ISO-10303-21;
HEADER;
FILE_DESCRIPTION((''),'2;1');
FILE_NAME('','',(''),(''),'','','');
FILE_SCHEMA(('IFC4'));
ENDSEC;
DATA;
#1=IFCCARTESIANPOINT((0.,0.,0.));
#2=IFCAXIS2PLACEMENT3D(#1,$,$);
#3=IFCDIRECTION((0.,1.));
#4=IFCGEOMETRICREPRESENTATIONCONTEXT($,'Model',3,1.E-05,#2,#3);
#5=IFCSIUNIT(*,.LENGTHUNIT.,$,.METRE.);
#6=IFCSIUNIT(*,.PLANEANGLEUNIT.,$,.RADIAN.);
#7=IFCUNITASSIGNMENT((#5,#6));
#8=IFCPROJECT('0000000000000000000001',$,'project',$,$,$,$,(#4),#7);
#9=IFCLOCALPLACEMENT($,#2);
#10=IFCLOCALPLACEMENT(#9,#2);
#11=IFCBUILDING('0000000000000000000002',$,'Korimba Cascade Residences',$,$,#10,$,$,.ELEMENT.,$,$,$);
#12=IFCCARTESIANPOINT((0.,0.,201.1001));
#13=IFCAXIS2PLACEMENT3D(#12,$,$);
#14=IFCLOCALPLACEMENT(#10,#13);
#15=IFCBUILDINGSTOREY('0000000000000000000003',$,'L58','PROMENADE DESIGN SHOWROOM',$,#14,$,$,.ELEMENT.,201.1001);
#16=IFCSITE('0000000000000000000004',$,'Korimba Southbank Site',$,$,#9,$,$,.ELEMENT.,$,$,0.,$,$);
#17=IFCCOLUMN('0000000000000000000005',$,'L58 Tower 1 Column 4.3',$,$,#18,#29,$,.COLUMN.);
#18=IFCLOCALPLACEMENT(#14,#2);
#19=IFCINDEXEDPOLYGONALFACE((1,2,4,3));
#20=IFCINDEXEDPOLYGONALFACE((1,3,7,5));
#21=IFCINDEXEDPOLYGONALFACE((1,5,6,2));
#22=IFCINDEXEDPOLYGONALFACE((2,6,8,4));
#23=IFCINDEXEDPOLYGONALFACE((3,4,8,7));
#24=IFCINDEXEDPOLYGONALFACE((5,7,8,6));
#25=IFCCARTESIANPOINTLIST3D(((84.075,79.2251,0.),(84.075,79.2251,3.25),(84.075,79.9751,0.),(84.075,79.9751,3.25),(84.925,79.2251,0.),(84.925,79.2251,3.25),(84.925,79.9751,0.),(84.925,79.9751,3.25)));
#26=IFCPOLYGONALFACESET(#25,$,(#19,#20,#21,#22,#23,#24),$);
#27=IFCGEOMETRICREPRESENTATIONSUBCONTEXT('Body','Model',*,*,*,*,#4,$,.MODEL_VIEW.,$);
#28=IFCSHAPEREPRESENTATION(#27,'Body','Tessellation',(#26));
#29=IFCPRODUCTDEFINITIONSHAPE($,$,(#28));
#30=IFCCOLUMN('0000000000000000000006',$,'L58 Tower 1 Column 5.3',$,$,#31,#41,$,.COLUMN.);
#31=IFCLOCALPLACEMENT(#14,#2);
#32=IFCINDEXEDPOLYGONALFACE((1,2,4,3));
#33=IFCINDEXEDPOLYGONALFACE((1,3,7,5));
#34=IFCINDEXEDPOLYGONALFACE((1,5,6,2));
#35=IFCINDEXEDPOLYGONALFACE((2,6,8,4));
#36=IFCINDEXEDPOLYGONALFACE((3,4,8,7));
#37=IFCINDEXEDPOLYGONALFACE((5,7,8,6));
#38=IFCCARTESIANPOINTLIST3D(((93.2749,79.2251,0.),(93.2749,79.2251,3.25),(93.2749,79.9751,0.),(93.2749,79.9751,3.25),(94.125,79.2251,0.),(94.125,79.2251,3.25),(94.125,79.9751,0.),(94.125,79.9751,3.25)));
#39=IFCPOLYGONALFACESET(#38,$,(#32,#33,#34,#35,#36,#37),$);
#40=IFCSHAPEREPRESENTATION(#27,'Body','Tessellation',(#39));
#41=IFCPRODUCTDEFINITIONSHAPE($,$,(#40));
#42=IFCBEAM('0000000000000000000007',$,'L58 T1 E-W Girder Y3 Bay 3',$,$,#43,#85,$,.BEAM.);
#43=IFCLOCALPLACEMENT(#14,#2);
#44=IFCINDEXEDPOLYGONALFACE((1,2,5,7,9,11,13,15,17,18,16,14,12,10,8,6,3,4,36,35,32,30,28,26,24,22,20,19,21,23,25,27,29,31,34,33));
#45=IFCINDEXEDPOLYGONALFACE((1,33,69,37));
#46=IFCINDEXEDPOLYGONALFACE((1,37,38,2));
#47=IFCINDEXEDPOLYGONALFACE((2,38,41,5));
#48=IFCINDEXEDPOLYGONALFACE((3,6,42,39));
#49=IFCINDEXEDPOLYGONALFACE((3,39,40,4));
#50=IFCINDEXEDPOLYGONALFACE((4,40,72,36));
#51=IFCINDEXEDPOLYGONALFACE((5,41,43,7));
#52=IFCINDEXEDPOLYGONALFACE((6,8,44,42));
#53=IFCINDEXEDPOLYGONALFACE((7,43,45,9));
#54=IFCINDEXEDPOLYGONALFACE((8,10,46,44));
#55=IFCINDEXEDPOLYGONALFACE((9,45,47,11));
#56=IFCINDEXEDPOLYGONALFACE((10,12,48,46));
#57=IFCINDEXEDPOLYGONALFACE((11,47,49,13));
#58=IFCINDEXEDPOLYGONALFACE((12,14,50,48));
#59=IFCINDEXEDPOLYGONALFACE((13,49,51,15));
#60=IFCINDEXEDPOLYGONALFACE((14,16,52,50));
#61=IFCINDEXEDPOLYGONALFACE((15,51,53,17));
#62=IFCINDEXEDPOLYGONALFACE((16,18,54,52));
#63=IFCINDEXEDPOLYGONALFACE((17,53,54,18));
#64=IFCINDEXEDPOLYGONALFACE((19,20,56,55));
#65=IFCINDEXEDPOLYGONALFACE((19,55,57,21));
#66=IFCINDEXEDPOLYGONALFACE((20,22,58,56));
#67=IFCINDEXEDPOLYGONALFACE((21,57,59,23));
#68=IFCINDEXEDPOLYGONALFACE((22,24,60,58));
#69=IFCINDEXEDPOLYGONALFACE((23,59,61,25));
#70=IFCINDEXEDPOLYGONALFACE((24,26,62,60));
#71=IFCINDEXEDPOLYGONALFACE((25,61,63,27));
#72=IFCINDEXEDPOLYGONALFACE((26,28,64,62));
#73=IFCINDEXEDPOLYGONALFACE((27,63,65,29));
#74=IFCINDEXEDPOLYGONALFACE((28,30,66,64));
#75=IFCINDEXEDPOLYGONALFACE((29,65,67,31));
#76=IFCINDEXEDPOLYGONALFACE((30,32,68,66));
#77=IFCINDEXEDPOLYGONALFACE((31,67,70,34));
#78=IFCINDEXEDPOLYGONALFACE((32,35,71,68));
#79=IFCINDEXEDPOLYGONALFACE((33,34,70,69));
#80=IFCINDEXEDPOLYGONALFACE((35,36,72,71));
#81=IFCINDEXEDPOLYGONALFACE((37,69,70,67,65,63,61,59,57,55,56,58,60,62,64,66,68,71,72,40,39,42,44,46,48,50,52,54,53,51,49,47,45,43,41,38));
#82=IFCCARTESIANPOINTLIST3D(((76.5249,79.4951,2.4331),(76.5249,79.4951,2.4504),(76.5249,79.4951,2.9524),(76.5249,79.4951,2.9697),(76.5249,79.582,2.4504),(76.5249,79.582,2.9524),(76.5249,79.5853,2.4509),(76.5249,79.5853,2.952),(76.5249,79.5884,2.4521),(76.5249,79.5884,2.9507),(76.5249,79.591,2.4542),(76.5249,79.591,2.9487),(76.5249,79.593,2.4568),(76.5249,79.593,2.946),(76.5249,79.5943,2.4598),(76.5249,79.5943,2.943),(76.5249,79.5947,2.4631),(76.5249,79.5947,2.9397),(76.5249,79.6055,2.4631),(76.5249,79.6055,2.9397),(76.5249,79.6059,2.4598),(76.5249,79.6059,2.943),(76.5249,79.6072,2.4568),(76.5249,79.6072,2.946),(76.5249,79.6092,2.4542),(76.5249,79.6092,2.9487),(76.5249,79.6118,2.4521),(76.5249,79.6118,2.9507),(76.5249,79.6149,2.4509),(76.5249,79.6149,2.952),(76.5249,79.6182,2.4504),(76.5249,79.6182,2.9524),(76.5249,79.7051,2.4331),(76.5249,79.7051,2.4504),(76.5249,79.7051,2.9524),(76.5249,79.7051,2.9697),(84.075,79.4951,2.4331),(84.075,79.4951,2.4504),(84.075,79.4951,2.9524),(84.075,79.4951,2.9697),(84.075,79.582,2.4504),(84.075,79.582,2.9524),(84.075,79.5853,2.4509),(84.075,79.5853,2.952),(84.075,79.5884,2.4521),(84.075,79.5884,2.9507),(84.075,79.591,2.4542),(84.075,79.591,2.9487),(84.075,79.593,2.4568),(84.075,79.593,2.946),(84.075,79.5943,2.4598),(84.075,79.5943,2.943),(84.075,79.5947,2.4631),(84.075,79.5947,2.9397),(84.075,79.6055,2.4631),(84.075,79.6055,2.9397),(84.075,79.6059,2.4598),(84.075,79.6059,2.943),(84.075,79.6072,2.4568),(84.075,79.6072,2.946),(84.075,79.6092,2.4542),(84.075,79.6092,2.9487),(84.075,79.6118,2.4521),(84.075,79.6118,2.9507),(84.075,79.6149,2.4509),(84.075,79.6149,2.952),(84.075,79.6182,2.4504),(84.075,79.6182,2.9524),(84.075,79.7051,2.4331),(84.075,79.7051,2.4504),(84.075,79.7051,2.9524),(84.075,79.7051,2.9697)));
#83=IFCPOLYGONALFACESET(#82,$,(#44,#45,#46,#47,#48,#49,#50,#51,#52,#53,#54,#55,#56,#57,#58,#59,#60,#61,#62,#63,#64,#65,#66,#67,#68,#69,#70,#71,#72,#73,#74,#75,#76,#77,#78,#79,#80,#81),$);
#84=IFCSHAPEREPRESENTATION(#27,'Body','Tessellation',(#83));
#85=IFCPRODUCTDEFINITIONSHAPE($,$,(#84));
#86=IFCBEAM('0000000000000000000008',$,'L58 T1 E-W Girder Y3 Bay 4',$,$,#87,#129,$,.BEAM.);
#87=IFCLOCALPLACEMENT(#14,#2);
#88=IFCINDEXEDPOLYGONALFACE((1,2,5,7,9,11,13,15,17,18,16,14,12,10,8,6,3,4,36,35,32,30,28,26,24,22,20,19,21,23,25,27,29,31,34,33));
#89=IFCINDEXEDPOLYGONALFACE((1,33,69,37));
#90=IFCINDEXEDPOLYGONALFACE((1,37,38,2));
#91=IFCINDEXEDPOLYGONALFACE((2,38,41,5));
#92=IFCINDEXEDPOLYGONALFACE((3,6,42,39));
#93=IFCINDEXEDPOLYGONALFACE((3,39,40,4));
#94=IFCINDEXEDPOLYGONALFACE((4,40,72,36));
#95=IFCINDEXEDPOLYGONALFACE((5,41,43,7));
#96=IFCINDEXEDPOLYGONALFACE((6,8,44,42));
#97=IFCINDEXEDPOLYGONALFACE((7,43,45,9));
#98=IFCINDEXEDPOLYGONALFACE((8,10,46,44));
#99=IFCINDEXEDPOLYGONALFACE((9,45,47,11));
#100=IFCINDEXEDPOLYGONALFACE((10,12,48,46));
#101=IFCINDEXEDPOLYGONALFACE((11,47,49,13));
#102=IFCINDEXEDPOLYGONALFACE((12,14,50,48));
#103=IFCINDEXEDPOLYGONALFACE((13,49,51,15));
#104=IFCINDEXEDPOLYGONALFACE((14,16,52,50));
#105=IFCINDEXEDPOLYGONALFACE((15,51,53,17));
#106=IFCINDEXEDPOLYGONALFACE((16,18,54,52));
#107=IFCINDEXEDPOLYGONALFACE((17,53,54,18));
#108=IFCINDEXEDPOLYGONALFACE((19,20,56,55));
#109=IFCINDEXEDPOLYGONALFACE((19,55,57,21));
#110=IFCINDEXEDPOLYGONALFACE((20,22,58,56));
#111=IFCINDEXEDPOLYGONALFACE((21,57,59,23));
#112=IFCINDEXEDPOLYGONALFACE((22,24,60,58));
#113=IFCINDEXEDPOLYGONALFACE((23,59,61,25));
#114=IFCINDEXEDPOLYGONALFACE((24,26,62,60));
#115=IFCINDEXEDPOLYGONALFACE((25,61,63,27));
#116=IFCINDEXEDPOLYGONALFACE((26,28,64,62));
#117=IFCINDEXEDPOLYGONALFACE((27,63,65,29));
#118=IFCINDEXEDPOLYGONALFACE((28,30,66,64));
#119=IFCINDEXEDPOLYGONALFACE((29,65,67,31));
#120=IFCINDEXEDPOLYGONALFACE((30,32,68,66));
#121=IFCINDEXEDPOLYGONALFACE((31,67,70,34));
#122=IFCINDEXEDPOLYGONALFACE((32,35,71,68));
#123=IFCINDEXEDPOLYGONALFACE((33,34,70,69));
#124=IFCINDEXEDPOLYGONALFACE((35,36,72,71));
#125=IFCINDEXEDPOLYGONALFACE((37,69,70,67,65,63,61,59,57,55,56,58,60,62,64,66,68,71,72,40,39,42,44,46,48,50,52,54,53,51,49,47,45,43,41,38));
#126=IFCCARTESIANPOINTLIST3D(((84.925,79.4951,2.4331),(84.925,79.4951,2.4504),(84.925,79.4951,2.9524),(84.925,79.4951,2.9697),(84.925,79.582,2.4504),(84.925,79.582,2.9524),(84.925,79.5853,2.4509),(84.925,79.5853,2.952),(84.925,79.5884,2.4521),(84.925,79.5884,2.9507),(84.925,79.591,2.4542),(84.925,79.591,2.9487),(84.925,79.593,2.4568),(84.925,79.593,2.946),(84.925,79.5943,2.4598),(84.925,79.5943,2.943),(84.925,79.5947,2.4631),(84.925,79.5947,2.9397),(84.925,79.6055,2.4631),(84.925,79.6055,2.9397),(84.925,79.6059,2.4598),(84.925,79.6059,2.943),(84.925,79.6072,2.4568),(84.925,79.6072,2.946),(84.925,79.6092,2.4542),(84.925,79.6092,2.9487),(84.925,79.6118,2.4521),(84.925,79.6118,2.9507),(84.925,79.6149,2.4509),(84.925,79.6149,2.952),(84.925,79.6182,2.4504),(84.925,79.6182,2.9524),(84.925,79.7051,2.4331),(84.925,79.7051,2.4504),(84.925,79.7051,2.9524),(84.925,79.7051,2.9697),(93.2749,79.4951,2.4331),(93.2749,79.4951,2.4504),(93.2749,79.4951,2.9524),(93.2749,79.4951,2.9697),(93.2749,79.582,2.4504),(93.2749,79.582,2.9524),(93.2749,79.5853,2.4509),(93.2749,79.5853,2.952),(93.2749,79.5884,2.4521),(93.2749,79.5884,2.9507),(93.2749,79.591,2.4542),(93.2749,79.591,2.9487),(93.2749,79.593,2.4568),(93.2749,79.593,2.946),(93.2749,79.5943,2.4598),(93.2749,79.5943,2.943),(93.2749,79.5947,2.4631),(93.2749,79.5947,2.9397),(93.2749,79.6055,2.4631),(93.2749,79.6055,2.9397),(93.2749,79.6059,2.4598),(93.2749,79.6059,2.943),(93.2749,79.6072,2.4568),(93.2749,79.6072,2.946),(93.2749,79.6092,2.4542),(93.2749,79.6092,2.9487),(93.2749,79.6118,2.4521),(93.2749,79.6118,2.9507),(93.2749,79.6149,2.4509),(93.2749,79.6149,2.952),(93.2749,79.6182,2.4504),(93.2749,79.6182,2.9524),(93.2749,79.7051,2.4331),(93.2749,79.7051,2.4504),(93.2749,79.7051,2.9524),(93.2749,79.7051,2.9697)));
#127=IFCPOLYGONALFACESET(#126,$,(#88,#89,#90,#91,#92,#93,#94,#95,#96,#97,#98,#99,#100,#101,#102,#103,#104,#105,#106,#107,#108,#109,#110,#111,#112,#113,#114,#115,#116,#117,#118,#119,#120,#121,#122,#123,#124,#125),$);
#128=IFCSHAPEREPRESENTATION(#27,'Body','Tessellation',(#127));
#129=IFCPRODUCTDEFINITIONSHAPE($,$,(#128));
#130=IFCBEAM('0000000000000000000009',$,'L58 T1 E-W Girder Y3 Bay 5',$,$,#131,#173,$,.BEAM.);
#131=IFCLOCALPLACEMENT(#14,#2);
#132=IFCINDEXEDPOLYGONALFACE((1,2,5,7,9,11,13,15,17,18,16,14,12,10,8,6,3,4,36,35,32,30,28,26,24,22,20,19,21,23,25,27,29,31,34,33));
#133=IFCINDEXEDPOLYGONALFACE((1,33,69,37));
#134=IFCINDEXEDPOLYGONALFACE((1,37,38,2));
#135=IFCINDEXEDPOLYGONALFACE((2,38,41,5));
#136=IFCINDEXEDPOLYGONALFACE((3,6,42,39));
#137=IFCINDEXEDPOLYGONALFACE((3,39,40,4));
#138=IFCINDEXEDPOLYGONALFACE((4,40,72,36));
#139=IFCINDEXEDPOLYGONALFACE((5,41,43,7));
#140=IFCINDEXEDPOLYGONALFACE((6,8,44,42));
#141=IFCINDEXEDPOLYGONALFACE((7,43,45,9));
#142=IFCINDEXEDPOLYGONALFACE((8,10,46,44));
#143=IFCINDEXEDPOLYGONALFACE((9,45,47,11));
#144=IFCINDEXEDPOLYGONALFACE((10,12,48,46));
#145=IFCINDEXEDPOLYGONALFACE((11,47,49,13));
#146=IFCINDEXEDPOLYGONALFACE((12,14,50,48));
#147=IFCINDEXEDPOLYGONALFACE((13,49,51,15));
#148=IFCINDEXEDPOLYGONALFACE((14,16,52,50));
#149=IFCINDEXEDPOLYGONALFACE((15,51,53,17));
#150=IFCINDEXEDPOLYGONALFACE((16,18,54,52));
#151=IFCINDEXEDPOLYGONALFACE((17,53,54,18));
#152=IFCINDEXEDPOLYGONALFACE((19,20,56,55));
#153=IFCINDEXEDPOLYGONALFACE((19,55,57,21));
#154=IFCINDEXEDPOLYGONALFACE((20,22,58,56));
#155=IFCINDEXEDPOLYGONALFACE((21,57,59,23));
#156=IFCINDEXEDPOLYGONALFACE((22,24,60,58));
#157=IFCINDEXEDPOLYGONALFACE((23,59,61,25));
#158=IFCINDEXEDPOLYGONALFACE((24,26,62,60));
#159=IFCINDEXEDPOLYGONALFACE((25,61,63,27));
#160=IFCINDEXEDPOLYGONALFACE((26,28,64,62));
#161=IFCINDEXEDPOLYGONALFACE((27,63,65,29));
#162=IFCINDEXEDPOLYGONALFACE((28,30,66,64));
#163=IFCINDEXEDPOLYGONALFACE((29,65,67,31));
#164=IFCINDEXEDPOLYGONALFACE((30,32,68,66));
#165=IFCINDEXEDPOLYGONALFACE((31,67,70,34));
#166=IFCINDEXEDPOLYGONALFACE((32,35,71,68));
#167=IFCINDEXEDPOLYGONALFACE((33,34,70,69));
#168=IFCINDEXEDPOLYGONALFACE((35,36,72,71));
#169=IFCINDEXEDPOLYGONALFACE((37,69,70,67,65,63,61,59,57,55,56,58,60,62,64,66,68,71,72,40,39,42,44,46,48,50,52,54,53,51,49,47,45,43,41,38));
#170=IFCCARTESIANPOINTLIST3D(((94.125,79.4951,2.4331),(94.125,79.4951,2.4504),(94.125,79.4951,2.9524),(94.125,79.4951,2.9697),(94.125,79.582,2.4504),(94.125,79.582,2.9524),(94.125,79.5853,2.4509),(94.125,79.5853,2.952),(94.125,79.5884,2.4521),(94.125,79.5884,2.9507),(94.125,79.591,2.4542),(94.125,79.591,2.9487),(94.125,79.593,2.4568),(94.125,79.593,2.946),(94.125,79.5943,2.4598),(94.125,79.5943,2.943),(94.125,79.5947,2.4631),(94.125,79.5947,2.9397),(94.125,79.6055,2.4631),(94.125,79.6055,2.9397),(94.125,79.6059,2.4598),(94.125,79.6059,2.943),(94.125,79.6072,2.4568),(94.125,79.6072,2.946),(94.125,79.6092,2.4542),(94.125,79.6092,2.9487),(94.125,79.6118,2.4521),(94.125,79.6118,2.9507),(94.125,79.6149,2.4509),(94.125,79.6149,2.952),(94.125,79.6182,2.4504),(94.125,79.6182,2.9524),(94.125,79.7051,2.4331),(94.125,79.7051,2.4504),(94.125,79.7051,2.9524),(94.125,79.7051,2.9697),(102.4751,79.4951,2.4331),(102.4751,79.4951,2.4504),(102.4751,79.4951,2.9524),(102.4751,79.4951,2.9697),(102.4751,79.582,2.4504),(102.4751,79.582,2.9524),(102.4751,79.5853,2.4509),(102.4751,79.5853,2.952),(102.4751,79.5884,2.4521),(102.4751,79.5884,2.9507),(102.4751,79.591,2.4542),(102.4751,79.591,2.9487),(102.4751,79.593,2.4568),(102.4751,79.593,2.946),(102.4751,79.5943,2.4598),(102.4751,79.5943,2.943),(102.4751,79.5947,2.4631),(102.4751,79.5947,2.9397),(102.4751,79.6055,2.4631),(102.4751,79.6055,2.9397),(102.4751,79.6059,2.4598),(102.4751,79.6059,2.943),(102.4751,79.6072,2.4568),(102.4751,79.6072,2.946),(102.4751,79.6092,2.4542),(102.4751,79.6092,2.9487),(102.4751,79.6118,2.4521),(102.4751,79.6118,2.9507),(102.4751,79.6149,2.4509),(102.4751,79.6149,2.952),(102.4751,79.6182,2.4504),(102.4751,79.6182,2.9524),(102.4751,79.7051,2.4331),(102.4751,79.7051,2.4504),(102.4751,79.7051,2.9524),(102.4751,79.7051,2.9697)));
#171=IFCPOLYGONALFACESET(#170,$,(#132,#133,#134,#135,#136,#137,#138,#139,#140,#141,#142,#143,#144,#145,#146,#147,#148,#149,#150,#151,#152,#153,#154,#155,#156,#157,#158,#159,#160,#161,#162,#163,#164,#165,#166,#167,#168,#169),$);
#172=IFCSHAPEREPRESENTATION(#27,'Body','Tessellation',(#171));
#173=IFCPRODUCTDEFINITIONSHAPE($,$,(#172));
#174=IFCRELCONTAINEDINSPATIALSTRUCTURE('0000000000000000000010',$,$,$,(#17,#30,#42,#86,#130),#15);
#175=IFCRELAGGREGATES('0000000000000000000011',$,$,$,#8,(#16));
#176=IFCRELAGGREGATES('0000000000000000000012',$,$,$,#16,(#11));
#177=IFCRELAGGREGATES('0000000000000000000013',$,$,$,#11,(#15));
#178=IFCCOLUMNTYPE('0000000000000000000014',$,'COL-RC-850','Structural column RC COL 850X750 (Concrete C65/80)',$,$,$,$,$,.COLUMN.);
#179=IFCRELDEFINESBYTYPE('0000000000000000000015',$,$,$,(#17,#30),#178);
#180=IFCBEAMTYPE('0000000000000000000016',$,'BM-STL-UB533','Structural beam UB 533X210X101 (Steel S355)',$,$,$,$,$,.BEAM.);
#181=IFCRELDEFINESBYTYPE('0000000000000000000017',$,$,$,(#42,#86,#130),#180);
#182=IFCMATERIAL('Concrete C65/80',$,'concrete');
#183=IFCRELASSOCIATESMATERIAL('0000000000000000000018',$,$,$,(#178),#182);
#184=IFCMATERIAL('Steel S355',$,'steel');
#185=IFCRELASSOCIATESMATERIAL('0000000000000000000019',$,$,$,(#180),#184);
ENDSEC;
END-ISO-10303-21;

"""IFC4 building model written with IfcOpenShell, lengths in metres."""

from ifc_helpers import new_model, si_unit, direction, frame, origin, origin_2d, place, context, subcontext, project, spatial, rectangle, i_section, extrude, material, material_profile, profile_set, type_object, element, save


model = new_model("IFC4")

# Units and contexts
model_context = context("Model", 3, precision=1e-05, world=origin(), true_north=direction((0.0, 1.0)))
body_context = subcontext(model_context, "Body", "Model", "MODEL_VIEW")
ifc_project = project(units=[si_unit("LENGTHUNIT", "METRE"), si_unit("PLANEANGLEUNIT", "RADIAN")], contexts=[model_context])

# Site, building, storey
site_placement = place(None, origin())
site = spatial("IfcSite", under=ifc_project, at=site_placement, Name="Korimba Southbank Site", CompositionType="ELEMENT", RefElevation=0.0)
building_placement = place(site_placement, origin())
building = spatial("IfcBuilding", under=site, at=building_placement, Name="Korimba Cascade Residences", CompositionType="ELEMENT")
storey_placement = place(building_placement, frame((0.0, 0.0, 201.1001)))
storey = spatial("IfcBuildingStorey", under=building, at=storey_placement, Name="L58", Description="PROMENADE DESIGN SHOWROOM", CompositionType="ELEMENT", Elevation=201.1001)

# Columns
ifc_material_1 = material(Name="Concrete C65/80", Category="concrete")
ifc_material_profile_1 = material_profile(ifc_material_1, rectangle(XDim=0.8501, YDim=0.75, at=origin_2d()), Name="Concrete C65/80")
ifc_profile_set_1 = profile_set([ifc_material_profile_1], Name="Concrete C65/80")
column_type = type_object("IfcColumnType", Name="COL-RC-850", Description="Structural column RC COL 850X750 (Concrete C65/80)", PredefinedType="COLUMN", material=ifc_profile_set_1)
for number, where, z_axis, x_axis, name in (
    (1, (84.5, 79.6001, 0.0), (0.0, 0.0, 1.0), (1.0, 0.0, 0.0), "L58 Tower 1 Column 4.3"),
    (2, (93.7, 79.6001, 0.0), (0.0, 0.0, 1.0), (1.0, 0.0, 0.0), "L58 Tower 1 Column 5.3"),
):
    element("IfcColumn", number, at=place(storey_placement, frame(where, z_axis=z_axis, x_axis=x_axis)), inside=storey, type_object=column_type, Name=name, PredefinedType="COLUMN", context=body_context, shape_type="SweptSolid", body=[
        extrude(rectangle(XDim=0.8501, YDim=0.75, at=origin_2d()), origin(), (0.0, 0.0, 1.0), 3.25),
    ])

# Beams
ifc_material_2 = material(Name="Steel S355", Category="steel")
ifc_material_profile_2 = material_profile(ifc_material_2, i_section(OverallWidth=0.21, OverallDepth=0.5366, WebThickness=0.0107, FlangeThickness=0.0173, FilletRadius=0.0127, at=origin_2d()), Name="Steel S355")
ifc_profile_set_2 = profile_set([ifc_material_profile_2], Name="Steel S355")
beam_type_1 = type_object("IfcBeamType", Name="BM-STL-UB533", Description="Structural beam UB 533X210X101 (Steel S355)", PredefinedType="BEAM", material=ifc_profile_set_2)
beam_1_placement = place(storey_placement, frame((76.5249, 79.6001, 2.7014), z_axis=(1.0, 0.0, 0.0), x_axis=(0.0, 1.0, 0.0)))
element("IfcBeam", 3, at=beam_1_placement, inside=storey, type_object=beam_type_1, Name="L58 T1 E-W Girder Y3 Bay 3", PredefinedType="BEAM", context=body_context, shape_type="SweptSolid", body=[
    extrude(i_section(OverallWidth=0.21, OverallDepth=0.5366, WebThickness=0.0107, FlangeThickness=0.0173, FilletRadius=0.0127, at=origin_2d()), origin(), (0.0, 0.0, 1.0), 7.55),
])
beam_2_placement = place(storey_placement, frame((84.925, 79.6001, 2.7014), z_axis=(1.0, 0.0, 0.0), x_axis=(0.0, 1.0, 0.0)))
element("IfcBeam", 4, at=beam_2_placement, inside=storey, type_object=beam_type_1, Name="L58 T1 E-W Girder Y3 Bay 4", PredefinedType="BEAM", context=body_context, shape_type="SweptSolid", body=[
    extrude(i_section(OverallWidth=0.21, OverallDepth=0.5366, WebThickness=0.0107, FlangeThickness=0.0173, FilletRadius=0.0127, at=origin_2d()), origin(), (0.0, 0.0, 1.0), 8.3499),
])
beam_3_placement = place(storey_placement, frame((94.125, 79.6001, 2.7014), z_axis=(1.0, 0.0, 0.0), x_axis=(0.0, 1.0, 0.0)))
element("IfcBeam", 5, at=beam_3_placement, inside=storey, type_object=beam_type_1, Name="L58 T1 E-W Girder Y3 Bay 5", PredefinedType="BEAM", context=body_context, shape_type="SweptSolid", body=[
    extrude(i_section(OverallWidth=0.21, OverallDepth=0.5366, WebThickness=0.0107, FlangeThickness=0.0173, FilletRadius=0.0127, at=origin_2d()), origin(), (0.0, 0.0, 1.0), 8.3501),
])

save(model, "model.ifc")
